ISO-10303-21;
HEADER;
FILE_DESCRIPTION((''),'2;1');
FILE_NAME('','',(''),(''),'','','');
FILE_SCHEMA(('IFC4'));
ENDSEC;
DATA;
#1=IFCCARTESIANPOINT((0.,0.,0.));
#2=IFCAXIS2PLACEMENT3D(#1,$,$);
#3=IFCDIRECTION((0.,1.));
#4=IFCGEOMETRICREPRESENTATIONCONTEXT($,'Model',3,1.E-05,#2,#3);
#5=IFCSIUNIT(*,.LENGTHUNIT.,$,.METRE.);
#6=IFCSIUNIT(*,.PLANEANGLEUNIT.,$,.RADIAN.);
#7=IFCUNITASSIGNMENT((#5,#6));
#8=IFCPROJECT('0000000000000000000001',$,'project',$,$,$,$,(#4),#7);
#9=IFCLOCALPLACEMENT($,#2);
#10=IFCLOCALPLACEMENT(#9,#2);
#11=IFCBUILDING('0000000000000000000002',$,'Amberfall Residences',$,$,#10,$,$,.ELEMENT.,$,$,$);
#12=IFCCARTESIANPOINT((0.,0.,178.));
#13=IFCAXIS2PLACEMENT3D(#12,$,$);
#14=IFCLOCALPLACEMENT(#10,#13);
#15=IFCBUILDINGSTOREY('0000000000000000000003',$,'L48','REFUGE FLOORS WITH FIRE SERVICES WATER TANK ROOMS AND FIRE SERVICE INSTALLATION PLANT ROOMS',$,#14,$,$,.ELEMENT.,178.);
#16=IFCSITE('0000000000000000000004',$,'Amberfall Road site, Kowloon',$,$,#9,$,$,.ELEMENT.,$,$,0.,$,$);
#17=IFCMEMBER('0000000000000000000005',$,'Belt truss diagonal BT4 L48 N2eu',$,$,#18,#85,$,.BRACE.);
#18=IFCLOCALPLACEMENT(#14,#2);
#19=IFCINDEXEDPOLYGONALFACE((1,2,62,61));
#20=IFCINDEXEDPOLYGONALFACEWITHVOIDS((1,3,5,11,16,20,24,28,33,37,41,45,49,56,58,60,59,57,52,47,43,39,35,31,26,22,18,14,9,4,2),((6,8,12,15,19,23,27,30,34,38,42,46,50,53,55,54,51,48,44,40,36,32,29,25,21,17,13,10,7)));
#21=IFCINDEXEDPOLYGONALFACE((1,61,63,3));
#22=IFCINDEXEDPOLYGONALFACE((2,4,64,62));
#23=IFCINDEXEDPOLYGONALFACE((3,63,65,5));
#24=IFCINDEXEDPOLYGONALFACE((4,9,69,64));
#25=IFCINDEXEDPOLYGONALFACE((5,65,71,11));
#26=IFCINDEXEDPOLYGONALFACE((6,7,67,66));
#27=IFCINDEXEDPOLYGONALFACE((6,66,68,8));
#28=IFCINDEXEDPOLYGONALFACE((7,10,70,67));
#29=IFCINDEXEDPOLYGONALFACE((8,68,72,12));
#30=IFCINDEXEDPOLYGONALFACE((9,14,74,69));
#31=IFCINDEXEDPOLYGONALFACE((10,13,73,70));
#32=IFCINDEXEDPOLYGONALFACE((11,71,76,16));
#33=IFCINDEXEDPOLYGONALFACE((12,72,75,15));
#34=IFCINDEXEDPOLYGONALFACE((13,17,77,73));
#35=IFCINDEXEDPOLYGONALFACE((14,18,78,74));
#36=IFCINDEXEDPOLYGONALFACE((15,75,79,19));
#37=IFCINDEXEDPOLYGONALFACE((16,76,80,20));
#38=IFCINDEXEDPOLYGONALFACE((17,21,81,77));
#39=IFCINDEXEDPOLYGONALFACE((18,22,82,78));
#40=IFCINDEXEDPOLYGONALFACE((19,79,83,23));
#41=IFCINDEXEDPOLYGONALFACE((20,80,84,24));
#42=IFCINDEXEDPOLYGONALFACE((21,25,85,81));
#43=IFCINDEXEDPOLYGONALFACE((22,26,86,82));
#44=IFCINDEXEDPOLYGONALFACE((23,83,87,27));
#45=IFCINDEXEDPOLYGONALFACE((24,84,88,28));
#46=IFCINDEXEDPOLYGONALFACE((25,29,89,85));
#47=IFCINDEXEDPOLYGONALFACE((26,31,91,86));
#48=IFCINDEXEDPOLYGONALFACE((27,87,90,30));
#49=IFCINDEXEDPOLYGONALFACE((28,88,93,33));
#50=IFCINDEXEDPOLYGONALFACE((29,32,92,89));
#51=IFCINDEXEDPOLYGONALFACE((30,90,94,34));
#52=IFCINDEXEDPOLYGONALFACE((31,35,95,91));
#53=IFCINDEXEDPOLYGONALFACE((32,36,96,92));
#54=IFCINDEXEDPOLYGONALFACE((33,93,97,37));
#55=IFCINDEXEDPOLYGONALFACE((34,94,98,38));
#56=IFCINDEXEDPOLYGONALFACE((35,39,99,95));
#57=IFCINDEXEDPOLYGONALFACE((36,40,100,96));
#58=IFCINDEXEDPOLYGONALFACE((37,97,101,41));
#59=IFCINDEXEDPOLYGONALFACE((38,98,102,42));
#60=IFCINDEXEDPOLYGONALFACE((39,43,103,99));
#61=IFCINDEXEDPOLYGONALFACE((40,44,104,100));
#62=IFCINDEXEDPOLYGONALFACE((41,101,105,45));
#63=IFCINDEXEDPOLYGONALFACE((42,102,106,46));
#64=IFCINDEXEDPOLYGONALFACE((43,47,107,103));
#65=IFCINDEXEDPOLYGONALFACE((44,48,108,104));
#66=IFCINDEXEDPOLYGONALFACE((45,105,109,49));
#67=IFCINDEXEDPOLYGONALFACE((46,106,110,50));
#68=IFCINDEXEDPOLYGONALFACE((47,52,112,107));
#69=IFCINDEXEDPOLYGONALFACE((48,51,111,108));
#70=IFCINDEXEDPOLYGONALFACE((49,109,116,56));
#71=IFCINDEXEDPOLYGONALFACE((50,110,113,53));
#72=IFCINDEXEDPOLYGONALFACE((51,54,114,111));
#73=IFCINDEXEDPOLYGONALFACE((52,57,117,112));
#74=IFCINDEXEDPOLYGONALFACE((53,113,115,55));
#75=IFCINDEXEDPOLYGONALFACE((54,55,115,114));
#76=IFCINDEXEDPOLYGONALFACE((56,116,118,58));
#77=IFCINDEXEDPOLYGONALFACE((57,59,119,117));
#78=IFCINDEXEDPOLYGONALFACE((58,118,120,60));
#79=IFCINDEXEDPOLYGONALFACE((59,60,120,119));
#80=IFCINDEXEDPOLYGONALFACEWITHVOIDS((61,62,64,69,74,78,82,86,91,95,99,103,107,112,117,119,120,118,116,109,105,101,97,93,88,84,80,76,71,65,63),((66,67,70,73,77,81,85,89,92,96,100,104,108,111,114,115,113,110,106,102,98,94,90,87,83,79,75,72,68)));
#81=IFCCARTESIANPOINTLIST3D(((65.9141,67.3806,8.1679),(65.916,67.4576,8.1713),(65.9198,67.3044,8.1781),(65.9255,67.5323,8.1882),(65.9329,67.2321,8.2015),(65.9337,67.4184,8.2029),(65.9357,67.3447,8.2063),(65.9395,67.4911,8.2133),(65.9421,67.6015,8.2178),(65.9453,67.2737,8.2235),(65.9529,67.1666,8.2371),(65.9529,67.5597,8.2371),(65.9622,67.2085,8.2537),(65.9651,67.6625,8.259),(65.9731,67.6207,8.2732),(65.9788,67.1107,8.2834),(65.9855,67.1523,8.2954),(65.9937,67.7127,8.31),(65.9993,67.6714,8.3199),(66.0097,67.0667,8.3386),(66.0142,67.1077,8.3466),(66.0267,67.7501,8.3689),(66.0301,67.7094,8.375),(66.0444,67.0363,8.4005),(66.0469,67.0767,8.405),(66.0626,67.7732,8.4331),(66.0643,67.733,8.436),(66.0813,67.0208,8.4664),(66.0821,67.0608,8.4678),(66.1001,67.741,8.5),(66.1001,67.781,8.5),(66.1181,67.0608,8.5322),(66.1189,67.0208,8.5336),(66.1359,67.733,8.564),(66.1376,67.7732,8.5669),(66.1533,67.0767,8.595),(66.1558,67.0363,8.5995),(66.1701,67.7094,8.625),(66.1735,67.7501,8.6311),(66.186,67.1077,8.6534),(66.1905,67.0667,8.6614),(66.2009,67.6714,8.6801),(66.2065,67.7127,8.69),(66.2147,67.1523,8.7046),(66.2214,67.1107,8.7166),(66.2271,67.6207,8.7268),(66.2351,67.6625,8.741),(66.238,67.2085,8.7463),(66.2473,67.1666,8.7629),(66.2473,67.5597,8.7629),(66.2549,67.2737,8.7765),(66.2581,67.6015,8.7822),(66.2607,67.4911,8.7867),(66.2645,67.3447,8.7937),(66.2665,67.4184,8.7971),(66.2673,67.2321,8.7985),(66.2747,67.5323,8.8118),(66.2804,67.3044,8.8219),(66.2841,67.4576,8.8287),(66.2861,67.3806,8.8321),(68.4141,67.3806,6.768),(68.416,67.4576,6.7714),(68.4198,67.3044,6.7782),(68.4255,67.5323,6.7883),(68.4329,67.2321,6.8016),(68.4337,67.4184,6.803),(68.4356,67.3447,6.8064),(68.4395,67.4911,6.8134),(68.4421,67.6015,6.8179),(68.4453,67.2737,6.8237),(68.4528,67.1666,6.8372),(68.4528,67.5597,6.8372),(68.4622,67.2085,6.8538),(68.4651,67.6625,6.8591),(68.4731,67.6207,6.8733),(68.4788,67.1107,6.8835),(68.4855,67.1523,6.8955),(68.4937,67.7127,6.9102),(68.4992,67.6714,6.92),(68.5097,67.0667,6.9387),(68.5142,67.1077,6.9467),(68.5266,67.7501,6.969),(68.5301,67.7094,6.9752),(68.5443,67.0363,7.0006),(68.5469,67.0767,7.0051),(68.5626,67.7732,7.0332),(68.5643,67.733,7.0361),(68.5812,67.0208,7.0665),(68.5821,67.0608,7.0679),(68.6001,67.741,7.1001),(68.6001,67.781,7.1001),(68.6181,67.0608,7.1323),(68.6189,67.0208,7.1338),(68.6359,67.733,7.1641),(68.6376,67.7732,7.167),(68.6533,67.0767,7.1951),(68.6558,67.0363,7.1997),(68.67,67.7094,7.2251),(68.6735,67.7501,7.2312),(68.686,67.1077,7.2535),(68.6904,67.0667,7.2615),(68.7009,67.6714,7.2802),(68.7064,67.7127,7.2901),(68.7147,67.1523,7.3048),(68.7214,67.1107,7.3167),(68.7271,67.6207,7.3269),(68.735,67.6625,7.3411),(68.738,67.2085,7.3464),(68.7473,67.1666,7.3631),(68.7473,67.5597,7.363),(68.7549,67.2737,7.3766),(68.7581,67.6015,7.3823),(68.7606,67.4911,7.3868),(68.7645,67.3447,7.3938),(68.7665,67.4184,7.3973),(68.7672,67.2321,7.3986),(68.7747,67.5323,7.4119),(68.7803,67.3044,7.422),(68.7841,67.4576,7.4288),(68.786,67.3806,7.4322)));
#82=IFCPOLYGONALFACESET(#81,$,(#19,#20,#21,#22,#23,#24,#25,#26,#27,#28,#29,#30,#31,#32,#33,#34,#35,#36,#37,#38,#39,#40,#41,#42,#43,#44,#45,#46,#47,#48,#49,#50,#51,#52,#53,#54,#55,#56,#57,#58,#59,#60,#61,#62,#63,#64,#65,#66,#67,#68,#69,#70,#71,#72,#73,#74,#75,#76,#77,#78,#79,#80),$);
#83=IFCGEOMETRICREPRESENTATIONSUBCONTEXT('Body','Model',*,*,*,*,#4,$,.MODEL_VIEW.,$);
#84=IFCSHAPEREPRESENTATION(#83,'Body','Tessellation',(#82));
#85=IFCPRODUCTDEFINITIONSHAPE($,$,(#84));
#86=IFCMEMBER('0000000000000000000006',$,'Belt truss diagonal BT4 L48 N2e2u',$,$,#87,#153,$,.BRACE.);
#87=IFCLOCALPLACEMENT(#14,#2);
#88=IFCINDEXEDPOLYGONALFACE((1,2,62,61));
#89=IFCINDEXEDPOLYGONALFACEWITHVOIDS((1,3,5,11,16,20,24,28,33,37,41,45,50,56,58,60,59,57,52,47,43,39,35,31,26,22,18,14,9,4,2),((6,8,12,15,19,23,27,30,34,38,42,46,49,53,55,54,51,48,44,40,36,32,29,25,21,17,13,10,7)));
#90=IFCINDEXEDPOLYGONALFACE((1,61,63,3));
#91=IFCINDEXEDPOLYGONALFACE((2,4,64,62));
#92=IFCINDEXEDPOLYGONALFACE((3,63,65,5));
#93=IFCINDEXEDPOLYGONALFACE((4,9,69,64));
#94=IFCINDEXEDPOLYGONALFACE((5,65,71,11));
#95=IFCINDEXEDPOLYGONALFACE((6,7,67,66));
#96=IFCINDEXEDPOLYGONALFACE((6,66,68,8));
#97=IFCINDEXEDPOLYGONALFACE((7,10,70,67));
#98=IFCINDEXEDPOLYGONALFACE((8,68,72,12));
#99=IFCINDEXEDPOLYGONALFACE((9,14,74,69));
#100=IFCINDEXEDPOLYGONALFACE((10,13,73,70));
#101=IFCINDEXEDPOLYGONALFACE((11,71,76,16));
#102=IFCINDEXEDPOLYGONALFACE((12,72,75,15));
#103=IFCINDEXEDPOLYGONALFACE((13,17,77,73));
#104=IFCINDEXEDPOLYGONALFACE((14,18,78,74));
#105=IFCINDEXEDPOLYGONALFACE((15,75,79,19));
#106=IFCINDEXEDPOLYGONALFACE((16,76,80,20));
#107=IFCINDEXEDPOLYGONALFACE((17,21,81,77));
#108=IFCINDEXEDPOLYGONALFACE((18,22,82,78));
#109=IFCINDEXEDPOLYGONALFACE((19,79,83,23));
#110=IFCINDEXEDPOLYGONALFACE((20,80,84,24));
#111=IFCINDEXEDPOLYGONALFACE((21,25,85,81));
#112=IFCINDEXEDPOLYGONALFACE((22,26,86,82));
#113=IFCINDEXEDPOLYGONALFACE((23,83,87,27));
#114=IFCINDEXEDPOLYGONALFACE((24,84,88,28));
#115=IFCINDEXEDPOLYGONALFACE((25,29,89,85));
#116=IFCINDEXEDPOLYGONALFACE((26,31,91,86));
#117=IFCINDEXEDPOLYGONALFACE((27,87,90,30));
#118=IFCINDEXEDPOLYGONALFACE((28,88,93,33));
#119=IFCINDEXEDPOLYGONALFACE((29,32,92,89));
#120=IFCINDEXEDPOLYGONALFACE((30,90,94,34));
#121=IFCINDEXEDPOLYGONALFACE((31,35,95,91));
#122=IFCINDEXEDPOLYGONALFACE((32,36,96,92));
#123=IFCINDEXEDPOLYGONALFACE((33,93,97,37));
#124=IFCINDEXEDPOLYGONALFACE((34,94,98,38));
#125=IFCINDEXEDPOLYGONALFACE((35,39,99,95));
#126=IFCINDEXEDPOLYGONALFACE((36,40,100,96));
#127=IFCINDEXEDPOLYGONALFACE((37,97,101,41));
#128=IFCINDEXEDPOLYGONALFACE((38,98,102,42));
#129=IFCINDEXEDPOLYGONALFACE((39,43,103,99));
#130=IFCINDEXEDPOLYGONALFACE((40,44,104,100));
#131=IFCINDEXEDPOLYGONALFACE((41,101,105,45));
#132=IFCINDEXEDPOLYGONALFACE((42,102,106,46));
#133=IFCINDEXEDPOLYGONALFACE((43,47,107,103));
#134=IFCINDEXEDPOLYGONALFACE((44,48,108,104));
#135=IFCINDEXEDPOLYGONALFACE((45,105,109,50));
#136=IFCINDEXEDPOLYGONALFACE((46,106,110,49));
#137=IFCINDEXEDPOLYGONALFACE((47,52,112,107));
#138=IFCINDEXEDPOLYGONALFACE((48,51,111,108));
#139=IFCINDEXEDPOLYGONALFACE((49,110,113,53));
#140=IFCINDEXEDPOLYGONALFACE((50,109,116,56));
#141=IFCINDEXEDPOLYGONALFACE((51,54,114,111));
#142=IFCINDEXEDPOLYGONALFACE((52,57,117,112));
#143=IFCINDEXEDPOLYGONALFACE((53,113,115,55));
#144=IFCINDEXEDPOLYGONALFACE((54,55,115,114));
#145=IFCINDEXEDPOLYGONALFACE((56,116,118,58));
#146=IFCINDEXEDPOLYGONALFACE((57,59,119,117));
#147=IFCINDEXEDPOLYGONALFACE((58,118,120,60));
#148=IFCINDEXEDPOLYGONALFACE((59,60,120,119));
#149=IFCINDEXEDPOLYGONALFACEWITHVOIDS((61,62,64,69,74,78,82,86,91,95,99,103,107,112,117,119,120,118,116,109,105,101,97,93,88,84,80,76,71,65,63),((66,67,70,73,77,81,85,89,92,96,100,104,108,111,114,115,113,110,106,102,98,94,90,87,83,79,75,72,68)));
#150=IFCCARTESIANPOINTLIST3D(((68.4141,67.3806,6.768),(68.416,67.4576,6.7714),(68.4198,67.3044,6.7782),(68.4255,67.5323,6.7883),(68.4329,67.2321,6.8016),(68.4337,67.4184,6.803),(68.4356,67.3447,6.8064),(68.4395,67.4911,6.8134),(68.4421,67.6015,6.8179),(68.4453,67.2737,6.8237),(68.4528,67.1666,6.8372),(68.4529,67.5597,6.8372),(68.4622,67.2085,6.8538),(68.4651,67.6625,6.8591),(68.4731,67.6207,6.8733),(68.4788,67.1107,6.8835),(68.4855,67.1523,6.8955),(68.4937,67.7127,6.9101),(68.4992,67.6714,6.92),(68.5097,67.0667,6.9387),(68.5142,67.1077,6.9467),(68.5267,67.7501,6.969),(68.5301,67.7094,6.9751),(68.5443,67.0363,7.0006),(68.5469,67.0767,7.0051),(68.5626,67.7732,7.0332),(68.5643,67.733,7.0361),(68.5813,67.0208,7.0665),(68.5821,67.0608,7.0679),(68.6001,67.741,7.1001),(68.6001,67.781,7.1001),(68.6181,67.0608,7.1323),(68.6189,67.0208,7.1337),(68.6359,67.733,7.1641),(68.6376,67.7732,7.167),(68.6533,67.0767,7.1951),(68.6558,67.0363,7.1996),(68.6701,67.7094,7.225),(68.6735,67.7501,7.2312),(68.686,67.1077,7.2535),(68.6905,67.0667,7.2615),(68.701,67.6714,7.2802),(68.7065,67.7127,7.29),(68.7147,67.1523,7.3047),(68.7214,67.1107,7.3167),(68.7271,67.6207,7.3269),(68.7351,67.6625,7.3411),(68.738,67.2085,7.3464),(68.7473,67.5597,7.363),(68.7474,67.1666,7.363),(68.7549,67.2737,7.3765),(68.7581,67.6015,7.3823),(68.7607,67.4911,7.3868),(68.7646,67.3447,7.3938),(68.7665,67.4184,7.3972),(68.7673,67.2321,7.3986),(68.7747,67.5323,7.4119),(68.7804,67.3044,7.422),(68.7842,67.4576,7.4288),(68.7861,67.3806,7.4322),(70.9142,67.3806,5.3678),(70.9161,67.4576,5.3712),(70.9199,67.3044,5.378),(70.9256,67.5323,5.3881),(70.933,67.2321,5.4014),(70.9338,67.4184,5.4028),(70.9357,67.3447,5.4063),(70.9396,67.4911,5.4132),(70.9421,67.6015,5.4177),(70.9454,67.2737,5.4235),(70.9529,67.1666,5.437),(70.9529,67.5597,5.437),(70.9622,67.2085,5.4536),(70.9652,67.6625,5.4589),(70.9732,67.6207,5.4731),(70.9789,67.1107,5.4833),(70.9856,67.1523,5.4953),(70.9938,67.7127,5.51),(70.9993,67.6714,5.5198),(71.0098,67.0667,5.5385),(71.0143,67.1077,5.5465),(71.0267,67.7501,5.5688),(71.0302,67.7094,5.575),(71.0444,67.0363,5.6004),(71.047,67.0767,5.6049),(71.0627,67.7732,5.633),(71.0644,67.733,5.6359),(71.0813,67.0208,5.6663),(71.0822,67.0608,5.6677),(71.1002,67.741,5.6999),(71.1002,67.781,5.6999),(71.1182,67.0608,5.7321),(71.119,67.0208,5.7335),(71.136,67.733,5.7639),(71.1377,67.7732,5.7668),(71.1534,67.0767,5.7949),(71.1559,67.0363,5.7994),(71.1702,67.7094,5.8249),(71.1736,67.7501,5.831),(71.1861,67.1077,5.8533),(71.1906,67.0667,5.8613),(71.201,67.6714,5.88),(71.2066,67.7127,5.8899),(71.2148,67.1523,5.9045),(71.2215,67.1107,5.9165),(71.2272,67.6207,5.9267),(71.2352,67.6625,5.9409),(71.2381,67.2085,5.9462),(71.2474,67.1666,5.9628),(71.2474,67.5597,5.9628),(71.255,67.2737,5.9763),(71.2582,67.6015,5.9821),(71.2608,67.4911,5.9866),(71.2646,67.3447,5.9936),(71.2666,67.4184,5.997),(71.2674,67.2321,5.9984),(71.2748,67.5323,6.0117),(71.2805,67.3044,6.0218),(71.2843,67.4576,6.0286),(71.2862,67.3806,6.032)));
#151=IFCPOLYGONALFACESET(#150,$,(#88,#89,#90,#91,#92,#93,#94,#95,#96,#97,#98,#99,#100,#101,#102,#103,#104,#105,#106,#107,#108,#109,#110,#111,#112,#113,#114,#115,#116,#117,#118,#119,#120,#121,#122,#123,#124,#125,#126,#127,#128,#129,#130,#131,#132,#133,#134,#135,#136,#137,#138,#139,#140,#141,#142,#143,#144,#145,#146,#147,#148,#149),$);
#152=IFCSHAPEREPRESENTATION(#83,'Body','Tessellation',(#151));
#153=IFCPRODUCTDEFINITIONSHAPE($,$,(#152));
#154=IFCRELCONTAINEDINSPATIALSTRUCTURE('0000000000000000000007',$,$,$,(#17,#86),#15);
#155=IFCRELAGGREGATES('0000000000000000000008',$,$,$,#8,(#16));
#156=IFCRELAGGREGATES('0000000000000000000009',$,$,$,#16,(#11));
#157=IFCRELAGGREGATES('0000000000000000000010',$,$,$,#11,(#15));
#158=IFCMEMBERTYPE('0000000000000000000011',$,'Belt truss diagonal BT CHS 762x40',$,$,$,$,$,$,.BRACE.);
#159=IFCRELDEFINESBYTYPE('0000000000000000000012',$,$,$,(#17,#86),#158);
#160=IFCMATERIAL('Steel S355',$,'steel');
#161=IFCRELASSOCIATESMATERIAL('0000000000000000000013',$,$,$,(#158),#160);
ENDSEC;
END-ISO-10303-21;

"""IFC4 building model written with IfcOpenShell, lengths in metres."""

from ifc_helpers import new_model, si_unit, direction, frame, origin, origin_2d, place, context, subcontext, project, spatial, hollow_circle, extrude, material, material_profile, profile_set, type_object, element, save


model = new_model("IFC4")

# Units and contexts
model_context = context("Model", 3, precision=1e-05, world=origin(), true_north=direction((0.0, 1.0)))
body_context = subcontext(model_context, "Body", "Model", "MODEL_VIEW")
ifc_project = project(units=[si_unit("LENGTHUNIT", "METRE"), si_unit("PLANEANGLEUNIT", "RADIAN")], contexts=[model_context])

# Site, building, storey
site_placement = place(None, origin())
site = spatial("IfcSite", under=ifc_project, at=site_placement, Name="Amberfall Road site, Kowloon", CompositionType="ELEMENT", RefElevation=0.0)
building_placement = place(site_placement, origin())
building = spatial("IfcBuilding", under=site, at=building_placement, Name="Amberfall Residences", CompositionType="ELEMENT")
storey_placement = place(building_placement, frame((0.0, 0.0, 178.0)))
storey = spatial("IfcBuildingStorey", under=building, at=storey_placement, Name="L48", Description="REFUGE FLOORS WITH FIRE SERVICES WATER TANK ROOMS AND FIRE SERVICE INSTALLATION PLANT ROOMS", CompositionType="ELEMENT", Elevation=178.0)

# Shared definitions
ifc_material_1 = material(Name="Steel S355", Category="steel")

# Members
ifc_material_profile_1 = material_profile(ifc_material_1, hollow_circle(Radius=0.3811, WallThickness=0.04, at=origin_2d()), Name="CHS 762x40")
ifc_profile_set_1 = profile_set([ifc_material_profile_1], Name="Steel S355")
member_type_1 = type_object("IfcMemberType", Name="Belt truss diagonal BT CHS 762x40", PredefinedType="BRACE", material=ifc_profile_set_1)
member_1_placement = place(storey_placement, frame((66.1001, 67.3999, 8.5), z_axis=(0.872521, 0.0, -0.488577), x_axis=(0.0, 1.0, 0.0)))
element("IfcMember", 1, at=member_1_placement, inside=storey, type_object=member_type_1, Name="Belt truss diagonal BT4 L48 N2eu", PredefinedType="BRACE", context=body_context, shape_type="SweptSolid", body=[
    extrude(hollow_circle(Radius=0.3811, WallThickness=0.04, at=origin_2d()), origin(), (0.0, 0.0, 1.0), 2.8652),
])
member_2_placement = place(storey_placement, frame((68.6001, 67.3999, 7.1001), z_axis=(0.872484, 0.0, -0.488642), x_axis=(0.0, 1.0, 0.0)))
element("IfcMember", 2, at=member_2_placement, inside=storey, type_object=member_type_1, Name="Belt truss diagonal BT4 L48 N2e2u", PredefinedType="BRACE", context=body_context, shape_type="SweptSolid", body=[
    extrude(hollow_circle(Radius=0.3811, WallThickness=0.04, at=origin_2d()), origin(), (0.0, 0.0, 1.0), 2.8655),
])

save(model, "model.ifc")
